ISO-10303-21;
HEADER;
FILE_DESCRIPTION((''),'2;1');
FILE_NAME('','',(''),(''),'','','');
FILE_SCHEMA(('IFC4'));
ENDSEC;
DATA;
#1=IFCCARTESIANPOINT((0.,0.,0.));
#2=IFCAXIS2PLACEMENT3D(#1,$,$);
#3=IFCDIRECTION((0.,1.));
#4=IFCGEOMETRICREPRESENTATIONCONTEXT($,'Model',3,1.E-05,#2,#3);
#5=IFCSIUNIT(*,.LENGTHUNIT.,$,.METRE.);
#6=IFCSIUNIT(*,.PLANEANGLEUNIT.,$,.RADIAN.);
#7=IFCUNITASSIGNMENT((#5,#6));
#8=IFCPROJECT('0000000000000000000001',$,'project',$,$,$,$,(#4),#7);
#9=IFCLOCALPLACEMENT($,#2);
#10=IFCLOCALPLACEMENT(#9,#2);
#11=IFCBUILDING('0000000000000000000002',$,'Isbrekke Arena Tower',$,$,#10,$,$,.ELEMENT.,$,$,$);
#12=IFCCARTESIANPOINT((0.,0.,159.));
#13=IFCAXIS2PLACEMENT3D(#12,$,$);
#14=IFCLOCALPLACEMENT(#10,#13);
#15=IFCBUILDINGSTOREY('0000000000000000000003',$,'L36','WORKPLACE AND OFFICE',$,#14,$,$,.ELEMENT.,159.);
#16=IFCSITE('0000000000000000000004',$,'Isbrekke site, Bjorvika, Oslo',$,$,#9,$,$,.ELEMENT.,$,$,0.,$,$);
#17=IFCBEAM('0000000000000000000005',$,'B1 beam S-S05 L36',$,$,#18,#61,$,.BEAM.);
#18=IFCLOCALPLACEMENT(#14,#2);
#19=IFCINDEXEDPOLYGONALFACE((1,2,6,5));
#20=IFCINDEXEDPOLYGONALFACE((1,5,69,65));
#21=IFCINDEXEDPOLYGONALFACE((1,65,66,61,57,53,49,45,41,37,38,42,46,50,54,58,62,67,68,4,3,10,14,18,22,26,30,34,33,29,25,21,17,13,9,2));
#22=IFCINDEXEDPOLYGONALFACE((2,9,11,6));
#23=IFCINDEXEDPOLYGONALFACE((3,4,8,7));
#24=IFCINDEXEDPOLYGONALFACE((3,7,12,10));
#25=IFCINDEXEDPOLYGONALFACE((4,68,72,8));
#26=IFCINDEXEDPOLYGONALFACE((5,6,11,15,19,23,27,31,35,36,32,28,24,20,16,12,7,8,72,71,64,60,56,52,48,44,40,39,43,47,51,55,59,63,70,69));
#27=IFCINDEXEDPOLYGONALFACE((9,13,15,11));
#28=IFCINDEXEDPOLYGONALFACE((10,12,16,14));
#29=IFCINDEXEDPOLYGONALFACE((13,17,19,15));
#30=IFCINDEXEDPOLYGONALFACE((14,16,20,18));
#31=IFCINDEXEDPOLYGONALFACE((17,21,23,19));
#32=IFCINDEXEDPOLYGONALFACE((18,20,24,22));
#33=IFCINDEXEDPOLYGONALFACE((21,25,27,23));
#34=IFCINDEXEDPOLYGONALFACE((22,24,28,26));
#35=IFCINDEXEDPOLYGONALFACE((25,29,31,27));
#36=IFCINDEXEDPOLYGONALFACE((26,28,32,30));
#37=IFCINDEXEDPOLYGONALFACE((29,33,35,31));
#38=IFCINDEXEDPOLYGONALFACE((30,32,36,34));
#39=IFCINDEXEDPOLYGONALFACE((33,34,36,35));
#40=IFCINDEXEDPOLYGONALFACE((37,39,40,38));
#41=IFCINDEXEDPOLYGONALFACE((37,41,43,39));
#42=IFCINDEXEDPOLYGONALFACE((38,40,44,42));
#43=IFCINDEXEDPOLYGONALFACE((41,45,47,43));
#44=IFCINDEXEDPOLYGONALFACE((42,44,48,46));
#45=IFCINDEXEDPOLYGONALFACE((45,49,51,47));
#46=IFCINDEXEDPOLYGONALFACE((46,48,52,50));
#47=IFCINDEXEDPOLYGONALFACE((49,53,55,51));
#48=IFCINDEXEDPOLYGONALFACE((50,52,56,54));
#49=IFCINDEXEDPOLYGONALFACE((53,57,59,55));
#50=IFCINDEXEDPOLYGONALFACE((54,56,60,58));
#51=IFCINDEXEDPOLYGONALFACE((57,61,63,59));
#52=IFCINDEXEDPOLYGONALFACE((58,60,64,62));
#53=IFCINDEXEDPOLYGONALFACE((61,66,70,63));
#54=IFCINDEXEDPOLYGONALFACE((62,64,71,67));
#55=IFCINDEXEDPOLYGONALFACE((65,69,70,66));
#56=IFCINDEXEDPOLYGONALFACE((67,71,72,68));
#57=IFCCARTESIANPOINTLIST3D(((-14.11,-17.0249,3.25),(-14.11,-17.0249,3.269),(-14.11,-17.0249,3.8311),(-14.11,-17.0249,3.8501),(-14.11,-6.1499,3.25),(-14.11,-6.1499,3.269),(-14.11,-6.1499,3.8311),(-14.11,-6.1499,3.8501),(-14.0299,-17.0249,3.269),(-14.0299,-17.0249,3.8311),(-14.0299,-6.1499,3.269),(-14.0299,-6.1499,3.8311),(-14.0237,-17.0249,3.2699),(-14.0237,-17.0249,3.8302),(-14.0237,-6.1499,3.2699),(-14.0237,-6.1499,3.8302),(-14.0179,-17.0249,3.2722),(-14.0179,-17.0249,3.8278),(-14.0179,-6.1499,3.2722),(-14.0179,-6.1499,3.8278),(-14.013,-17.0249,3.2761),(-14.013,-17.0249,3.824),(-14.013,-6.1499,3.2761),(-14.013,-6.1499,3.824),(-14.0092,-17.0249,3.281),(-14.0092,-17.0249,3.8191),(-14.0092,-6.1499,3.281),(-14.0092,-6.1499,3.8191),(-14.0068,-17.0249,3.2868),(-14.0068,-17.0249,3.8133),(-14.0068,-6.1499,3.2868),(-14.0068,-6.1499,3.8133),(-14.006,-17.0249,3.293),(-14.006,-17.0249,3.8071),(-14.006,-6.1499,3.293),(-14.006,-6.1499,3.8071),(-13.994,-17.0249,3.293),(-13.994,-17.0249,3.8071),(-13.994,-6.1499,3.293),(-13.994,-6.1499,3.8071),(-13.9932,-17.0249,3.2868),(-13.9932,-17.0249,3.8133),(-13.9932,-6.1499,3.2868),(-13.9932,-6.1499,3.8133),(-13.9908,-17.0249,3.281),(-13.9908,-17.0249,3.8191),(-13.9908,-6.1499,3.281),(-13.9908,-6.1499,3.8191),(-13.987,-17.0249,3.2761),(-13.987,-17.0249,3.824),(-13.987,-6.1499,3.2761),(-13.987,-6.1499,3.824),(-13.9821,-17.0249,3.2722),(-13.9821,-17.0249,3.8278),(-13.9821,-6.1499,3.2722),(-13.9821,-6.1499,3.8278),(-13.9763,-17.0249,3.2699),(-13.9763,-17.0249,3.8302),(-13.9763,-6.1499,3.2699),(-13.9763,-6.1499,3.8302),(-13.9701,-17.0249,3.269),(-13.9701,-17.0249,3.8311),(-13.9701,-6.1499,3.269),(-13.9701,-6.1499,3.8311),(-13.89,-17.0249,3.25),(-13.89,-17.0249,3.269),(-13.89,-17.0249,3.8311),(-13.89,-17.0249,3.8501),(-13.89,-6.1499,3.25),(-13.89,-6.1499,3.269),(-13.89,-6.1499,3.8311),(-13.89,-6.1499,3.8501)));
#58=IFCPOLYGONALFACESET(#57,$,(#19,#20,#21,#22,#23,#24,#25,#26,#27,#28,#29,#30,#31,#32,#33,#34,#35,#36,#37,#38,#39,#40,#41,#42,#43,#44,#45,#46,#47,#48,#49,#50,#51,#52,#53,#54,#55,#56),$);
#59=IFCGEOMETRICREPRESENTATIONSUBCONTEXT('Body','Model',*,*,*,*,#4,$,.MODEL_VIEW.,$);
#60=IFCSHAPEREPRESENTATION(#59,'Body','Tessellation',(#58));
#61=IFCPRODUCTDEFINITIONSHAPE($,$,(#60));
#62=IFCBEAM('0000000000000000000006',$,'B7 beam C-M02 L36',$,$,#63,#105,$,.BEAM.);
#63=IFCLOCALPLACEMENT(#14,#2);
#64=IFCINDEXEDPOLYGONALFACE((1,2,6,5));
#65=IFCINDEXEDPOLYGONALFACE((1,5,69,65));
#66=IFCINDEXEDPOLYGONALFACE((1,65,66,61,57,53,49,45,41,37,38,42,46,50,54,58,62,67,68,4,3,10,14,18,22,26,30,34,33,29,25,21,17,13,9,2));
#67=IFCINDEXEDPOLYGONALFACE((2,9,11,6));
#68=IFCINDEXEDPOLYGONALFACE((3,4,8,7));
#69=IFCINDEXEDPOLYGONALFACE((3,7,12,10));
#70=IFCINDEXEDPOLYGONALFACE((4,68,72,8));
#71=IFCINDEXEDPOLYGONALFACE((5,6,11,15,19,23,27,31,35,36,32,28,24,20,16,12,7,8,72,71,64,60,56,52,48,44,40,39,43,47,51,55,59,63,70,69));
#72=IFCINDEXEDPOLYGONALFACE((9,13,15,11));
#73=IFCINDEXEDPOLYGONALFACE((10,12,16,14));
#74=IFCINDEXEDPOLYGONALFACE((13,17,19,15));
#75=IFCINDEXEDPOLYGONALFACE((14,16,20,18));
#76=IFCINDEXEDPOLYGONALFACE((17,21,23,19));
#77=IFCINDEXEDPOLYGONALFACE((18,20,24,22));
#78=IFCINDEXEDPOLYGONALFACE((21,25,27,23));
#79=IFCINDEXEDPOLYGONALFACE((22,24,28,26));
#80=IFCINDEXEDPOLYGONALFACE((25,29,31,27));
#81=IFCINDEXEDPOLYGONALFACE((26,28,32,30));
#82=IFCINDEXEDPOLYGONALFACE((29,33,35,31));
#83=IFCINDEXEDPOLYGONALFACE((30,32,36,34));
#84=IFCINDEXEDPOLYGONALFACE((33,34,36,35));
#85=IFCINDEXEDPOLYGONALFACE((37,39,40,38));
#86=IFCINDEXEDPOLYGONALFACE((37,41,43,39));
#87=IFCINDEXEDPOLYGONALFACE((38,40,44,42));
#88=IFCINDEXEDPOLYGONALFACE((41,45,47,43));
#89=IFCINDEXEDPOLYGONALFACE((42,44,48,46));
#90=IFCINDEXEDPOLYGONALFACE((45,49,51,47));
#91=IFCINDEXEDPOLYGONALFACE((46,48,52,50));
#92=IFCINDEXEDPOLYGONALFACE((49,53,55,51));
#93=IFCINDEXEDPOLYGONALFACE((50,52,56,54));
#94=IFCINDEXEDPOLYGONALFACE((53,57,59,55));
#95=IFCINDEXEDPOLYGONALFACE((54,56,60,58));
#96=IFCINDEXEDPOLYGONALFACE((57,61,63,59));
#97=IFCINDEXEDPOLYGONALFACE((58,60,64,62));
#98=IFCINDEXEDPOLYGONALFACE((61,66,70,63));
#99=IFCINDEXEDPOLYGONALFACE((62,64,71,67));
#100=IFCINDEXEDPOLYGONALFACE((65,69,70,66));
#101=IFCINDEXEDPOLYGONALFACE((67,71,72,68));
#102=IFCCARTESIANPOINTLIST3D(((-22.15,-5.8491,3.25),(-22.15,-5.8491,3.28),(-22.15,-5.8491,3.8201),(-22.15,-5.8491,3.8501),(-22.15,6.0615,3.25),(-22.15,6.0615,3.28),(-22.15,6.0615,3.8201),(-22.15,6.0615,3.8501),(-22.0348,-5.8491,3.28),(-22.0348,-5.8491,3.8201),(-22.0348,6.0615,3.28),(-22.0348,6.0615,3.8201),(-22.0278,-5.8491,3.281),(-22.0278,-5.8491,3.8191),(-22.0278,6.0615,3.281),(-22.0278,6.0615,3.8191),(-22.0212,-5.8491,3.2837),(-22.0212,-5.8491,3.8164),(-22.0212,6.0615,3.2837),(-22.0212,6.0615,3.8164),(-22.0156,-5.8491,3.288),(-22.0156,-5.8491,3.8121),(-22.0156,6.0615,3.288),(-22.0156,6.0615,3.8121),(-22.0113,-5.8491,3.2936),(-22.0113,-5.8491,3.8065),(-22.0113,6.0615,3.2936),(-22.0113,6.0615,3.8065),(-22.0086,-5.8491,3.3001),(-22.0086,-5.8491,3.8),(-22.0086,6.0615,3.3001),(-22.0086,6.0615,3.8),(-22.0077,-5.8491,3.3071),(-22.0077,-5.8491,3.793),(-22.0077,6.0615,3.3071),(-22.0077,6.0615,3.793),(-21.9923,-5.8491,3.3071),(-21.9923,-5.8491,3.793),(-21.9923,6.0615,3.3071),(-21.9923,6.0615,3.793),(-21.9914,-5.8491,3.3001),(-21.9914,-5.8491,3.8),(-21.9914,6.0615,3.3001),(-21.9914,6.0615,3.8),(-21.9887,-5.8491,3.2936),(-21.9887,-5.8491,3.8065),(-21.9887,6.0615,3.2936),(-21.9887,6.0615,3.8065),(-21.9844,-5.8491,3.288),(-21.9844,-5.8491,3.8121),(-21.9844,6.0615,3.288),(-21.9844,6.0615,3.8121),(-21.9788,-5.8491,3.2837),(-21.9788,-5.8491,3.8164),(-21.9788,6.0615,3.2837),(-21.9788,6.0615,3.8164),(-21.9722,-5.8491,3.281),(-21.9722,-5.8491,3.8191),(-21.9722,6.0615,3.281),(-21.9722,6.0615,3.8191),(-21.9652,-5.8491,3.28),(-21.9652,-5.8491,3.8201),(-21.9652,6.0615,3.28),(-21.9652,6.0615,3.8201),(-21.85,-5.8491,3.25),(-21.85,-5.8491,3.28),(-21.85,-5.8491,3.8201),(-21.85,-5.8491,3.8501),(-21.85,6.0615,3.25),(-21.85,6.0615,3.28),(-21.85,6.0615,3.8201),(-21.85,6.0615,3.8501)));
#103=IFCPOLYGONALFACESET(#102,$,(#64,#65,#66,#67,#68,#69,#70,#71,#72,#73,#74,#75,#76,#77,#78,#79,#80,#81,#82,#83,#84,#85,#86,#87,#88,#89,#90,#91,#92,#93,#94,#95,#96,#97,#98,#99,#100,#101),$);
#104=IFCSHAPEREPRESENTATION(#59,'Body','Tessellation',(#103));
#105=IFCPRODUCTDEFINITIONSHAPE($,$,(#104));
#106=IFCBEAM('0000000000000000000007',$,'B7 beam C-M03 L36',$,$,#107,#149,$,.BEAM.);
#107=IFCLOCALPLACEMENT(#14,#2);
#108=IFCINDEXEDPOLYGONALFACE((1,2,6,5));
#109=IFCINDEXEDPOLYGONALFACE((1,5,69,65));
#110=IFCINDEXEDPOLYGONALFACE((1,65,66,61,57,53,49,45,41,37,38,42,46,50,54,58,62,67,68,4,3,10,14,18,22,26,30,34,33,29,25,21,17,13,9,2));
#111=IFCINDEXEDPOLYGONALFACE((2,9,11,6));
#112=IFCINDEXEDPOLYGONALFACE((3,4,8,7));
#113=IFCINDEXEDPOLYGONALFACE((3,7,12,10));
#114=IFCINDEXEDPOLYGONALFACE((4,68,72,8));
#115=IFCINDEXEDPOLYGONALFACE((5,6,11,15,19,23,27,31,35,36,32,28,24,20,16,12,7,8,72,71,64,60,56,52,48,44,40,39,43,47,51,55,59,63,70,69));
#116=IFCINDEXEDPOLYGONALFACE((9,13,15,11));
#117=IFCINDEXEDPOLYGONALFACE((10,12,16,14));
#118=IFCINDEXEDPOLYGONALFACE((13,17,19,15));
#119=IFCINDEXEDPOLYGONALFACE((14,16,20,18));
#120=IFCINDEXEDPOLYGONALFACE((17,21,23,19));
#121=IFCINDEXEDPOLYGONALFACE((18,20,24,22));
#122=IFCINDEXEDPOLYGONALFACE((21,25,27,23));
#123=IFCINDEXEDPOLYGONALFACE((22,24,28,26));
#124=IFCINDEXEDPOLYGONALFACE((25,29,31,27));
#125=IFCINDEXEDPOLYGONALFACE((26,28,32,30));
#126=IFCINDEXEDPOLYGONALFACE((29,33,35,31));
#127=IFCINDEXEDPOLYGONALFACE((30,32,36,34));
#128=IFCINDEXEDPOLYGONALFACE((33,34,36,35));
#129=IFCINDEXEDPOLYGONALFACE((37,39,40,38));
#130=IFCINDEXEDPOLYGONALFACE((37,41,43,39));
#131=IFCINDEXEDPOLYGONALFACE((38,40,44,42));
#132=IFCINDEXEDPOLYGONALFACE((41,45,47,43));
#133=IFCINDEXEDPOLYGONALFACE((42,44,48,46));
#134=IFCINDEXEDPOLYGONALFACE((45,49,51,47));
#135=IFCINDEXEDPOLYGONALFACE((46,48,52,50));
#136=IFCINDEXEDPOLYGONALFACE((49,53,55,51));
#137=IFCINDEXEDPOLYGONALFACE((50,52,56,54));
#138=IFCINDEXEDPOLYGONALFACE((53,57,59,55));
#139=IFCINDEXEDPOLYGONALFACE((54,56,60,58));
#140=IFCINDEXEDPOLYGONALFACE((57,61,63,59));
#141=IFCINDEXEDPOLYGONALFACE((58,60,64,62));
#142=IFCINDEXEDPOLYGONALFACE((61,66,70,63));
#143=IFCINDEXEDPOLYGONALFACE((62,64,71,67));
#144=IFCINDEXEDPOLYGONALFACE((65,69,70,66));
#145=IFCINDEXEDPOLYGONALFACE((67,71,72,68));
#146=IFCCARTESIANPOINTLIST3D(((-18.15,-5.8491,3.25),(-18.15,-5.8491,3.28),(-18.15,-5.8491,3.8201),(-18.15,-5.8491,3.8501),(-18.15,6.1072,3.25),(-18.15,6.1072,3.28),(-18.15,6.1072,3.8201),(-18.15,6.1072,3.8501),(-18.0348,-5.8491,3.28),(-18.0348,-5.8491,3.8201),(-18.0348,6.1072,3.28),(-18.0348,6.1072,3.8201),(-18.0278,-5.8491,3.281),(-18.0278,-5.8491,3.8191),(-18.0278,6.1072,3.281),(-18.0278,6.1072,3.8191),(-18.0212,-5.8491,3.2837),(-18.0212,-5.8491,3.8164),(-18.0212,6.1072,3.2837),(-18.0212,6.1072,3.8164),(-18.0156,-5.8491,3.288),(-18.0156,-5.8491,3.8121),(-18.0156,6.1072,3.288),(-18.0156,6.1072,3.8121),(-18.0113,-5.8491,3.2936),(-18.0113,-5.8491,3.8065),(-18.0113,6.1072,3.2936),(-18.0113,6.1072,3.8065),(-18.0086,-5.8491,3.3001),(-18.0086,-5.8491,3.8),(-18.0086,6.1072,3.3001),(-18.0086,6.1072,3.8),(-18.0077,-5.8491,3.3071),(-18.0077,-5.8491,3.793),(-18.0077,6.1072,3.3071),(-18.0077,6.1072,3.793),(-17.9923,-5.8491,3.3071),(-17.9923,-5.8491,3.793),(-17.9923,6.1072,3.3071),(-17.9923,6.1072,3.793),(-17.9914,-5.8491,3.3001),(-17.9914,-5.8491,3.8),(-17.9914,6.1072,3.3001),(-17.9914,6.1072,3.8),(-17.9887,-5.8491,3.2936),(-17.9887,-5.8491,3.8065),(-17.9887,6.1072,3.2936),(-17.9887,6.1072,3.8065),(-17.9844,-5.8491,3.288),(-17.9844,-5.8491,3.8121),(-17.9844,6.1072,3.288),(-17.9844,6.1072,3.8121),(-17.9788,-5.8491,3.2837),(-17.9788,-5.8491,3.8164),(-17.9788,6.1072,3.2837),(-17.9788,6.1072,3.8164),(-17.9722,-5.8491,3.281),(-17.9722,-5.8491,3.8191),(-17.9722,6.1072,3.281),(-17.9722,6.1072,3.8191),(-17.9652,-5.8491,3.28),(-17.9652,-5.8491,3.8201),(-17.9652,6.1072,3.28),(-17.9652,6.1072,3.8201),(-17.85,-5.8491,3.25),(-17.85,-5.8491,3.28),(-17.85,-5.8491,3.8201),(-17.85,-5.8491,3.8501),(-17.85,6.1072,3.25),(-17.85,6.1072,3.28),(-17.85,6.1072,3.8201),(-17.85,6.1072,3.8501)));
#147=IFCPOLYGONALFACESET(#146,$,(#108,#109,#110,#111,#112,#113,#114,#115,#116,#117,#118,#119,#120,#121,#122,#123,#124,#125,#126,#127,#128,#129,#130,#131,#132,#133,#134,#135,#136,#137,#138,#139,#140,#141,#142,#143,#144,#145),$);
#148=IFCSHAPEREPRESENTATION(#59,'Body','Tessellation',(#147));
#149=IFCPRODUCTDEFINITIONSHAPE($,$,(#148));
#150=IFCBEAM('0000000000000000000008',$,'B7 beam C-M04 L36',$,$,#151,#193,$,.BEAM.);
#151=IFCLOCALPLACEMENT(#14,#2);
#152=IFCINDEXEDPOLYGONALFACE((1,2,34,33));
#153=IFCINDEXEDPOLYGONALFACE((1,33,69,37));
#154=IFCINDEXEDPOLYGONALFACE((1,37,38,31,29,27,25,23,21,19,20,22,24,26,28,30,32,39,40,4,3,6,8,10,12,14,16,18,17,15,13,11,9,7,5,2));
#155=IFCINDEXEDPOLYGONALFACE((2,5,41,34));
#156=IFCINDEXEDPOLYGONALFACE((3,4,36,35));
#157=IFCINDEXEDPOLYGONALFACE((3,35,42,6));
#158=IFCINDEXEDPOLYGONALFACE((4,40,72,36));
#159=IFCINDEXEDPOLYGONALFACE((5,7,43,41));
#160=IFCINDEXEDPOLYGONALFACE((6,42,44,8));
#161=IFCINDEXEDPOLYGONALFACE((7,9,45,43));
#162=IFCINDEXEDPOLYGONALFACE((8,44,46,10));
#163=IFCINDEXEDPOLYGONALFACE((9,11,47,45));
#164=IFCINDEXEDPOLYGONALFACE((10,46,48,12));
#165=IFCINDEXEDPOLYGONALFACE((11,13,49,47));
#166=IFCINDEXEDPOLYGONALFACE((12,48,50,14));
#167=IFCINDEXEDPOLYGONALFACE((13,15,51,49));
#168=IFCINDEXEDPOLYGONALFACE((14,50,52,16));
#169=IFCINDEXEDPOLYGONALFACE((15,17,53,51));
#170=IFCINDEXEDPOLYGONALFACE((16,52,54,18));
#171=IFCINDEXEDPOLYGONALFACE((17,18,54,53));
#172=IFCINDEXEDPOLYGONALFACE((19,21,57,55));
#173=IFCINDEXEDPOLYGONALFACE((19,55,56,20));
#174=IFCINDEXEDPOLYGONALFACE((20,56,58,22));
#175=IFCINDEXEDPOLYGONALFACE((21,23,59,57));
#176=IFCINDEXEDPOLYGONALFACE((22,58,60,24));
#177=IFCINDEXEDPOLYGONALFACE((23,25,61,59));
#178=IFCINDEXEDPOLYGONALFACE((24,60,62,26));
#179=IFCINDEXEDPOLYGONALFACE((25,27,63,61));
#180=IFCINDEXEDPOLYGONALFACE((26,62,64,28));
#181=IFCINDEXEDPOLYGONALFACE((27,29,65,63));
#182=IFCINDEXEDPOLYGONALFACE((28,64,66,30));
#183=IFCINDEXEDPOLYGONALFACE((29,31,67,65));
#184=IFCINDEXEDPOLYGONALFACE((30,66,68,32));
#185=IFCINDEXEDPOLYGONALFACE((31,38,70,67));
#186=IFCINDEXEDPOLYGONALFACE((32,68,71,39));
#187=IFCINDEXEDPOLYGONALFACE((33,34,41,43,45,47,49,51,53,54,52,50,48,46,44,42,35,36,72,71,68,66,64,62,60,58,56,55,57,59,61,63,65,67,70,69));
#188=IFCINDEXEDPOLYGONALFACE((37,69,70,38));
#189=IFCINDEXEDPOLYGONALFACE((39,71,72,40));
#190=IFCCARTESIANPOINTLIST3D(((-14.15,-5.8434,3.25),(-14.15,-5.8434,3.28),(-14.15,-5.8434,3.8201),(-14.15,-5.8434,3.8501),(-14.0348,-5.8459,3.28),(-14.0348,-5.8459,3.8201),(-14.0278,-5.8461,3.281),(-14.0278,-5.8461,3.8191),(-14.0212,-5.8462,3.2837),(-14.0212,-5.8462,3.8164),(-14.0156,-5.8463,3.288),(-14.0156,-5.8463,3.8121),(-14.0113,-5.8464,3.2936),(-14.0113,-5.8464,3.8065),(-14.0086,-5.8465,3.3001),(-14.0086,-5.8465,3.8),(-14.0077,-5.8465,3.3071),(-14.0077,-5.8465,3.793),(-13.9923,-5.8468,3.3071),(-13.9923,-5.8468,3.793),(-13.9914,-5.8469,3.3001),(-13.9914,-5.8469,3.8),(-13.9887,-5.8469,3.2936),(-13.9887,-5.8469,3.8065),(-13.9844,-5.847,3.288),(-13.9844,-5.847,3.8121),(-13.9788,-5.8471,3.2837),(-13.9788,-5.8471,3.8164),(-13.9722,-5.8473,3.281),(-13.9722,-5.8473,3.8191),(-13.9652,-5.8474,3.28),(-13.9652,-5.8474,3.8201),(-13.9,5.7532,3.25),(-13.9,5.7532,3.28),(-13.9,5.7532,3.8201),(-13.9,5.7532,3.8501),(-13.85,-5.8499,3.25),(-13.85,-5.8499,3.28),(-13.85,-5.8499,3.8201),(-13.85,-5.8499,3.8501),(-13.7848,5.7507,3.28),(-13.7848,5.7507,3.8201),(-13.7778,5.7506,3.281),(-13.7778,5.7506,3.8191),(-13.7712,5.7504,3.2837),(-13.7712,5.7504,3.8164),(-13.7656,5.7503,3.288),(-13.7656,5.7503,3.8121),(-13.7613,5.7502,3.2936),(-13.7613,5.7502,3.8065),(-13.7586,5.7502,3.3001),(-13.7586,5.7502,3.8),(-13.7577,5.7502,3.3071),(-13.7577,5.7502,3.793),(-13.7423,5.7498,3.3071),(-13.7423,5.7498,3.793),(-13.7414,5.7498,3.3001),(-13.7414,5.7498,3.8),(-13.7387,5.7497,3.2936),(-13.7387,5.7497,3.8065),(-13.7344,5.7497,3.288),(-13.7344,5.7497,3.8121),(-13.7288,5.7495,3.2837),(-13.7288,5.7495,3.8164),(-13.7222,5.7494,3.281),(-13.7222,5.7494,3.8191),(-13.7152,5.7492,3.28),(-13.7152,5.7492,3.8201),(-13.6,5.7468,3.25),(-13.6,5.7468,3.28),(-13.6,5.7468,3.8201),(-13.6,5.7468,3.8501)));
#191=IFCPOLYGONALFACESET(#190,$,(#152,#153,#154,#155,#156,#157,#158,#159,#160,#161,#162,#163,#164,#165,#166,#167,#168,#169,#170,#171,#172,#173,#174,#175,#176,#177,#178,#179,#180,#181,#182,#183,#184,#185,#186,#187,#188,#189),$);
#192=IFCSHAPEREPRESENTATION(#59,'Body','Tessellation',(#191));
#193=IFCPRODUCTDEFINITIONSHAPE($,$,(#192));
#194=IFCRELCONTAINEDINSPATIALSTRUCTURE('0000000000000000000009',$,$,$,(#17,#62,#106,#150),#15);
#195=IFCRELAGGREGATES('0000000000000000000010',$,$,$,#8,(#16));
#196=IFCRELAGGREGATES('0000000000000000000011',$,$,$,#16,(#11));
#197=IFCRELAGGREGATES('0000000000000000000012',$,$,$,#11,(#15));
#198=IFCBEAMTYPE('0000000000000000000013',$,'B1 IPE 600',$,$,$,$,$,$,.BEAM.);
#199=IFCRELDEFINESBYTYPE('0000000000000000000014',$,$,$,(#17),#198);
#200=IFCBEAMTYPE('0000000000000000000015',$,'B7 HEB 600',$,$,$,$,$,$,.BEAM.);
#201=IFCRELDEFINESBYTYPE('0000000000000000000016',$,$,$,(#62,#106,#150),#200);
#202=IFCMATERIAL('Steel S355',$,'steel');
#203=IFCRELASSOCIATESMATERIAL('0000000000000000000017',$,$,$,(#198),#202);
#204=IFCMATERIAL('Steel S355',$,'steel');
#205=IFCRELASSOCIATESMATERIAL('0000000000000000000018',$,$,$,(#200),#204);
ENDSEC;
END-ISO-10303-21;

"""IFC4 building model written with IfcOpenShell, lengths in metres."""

from ifc_helpers import new_model, si_unit, direction, frame, origin, origin_2d, place, context, subcontext, project, spatial, i_section, extrude, material, material_profile, profile_set, type_object, element, save


model = new_model("IFC4")

# Units and contexts
model_context = context("Model", 3, precision=1e-05, world=origin(), true_north=direction((0.0, 1.0)))
body_context = subcontext(model_context, "Body", "Model", "MODEL_VIEW")
ifc_project = project(units=[si_unit("LENGTHUNIT", "METRE"), si_unit("PLANEANGLEUNIT", "RADIAN")], contexts=[model_context])

# Site, building, storey
site_placement = place(None, origin())
site = spatial("IfcSite", under=ifc_project, at=site_placement, Name="Isbrekke site, Bjorvika, Oslo", CompositionType="ELEMENT", RefElevation=0.0)
building_placement = place(site_placement, origin())
building = spatial("IfcBuilding", under=site, at=building_placement, Name="Isbrekke Arena Tower", CompositionType="ELEMENT")
storey_placement = place(building_placement, frame((0.0, 0.0, 159.0)))
storey = spatial("IfcBuildingStorey", under=building, at=storey_placement, Name="L36", Description="WORKPLACE AND OFFICE", CompositionType="ELEMENT", Elevation=159.0)

# Beams
ifc_material_1 = material(Name="Steel S355", Category="steel")
ifc_material_profile_1 = material_profile(ifc_material_1, i_section(OverallWidth=0.22, OverallDepth=0.6001, WebThickness=0.012, FlangeThickness=0.019, FilletRadius=0.0239, at=origin_2d()), Name="IPE 600")
ifc_profile_set_1 = profile_set([ifc_material_profile_1], Name="Steel S355")
beam_type_1 = type_object("IfcBeamType", Name="B1 IPE 600", PredefinedType="BEAM", material=ifc_profile_set_1)
beam_1_placement = place(storey_placement, frame((-14.0, -17.0249, 3.55), z_axis=(0.0, 1.0, 0.0), x_axis=(-1.0, 0.0, 0.0)))
element("IfcBeam", 1, at=beam_1_placement, inside=storey, type_object=beam_type_1, Name="B1 beam S-S05 L36", PredefinedType="BEAM", context=body_context, shape_type="SweptSolid", body=[
    extrude(i_section(OverallWidth=0.22, OverallDepth=0.6001, WebThickness=0.012, FlangeThickness=0.019, FilletRadius=0.0239, at=origin_2d()), origin(), (0.0, 0.0, 1.0), 10.875),
])
ifc_material_2 = material(Name="Steel S355", Category="steel")
ifc_material_profile_2 = material_profile(ifc_material_2, i_section(OverallWidth=0.3, OverallDepth=0.6001, WebThickness=0.0154, FlangeThickness=0.03, FilletRadius=0.0271, at=origin_2d()), Name="HEB 600")
ifc_profile_set_2 = profile_set([ifc_material_profile_2], Name="Steel S355")
beam_type_2 = type_object("IfcBeamType", Name="B7 HEB 600", PredefinedType="BEAM", material=ifc_profile_set_2)
beam_2_placement = place(storey_placement, frame((-22.0, -5.8491, 3.55), z_axis=(0.0, 1.0, 0.0), x_axis=(-1.0, 0.0, 0.0)))
element("IfcBeam", 2, at=beam_2_placement, inside=storey, type_object=beam_type_2, Name="B7 beam C-M02 L36", PredefinedType="BEAM", context=body_context, shape_type="SweptSolid", body=[
    extrude(i_section(OverallWidth=0.3, OverallDepth=0.6001, WebThickness=0.0154, FlangeThickness=0.03, FilletRadius=0.0271, at=origin_2d()), origin(), (0.0, 0.0, 1.0), 11.9106),
])
beam_3_placement = place(storey_placement, frame((-18.0, -5.8491, 3.55), z_axis=(0.0, 1.0, 0.0), x_axis=(-1.0, 0.0, 0.0)))
element("IfcBeam", 3, at=beam_3_placement, inside=storey, type_object=beam_type_2, Name="B7 beam C-M03 L36", PredefinedType="BEAM", context=body_context, shape_type="SweptSolid", body=[
    extrude(i_section(OverallWidth=0.3, OverallDepth=0.6001, WebThickness=0.0154, FlangeThickness=0.03, FilletRadius=0.0271, at=origin_2d()), origin(), (0.0, 0.0, 1.0), 11.9563),
])
beam_4_placement = place(storey_placement, frame((-14.0, -5.8467, 3.55), z_axis=(0.021553, 0.999768, 0.0), x_axis=(-0.999768, 0.021553, 0.0)))
element("IfcBeam", 4, at=beam_4_placement, inside=storey, type_object=beam_type_2, Name="B7 beam C-M04 L36", PredefinedType="BEAM", context=body_context, shape_type="SweptSolid", body=[
    extrude(i_section(OverallWidth=0.3, OverallDepth=0.6001, WebThickness=0.0154, FlangeThickness=0.03, FilletRadius=0.0271, at=origin_2d()), origin(), (0.0, 0.0, 1.0), 11.5994),
])

save(model, "model.ifc")
